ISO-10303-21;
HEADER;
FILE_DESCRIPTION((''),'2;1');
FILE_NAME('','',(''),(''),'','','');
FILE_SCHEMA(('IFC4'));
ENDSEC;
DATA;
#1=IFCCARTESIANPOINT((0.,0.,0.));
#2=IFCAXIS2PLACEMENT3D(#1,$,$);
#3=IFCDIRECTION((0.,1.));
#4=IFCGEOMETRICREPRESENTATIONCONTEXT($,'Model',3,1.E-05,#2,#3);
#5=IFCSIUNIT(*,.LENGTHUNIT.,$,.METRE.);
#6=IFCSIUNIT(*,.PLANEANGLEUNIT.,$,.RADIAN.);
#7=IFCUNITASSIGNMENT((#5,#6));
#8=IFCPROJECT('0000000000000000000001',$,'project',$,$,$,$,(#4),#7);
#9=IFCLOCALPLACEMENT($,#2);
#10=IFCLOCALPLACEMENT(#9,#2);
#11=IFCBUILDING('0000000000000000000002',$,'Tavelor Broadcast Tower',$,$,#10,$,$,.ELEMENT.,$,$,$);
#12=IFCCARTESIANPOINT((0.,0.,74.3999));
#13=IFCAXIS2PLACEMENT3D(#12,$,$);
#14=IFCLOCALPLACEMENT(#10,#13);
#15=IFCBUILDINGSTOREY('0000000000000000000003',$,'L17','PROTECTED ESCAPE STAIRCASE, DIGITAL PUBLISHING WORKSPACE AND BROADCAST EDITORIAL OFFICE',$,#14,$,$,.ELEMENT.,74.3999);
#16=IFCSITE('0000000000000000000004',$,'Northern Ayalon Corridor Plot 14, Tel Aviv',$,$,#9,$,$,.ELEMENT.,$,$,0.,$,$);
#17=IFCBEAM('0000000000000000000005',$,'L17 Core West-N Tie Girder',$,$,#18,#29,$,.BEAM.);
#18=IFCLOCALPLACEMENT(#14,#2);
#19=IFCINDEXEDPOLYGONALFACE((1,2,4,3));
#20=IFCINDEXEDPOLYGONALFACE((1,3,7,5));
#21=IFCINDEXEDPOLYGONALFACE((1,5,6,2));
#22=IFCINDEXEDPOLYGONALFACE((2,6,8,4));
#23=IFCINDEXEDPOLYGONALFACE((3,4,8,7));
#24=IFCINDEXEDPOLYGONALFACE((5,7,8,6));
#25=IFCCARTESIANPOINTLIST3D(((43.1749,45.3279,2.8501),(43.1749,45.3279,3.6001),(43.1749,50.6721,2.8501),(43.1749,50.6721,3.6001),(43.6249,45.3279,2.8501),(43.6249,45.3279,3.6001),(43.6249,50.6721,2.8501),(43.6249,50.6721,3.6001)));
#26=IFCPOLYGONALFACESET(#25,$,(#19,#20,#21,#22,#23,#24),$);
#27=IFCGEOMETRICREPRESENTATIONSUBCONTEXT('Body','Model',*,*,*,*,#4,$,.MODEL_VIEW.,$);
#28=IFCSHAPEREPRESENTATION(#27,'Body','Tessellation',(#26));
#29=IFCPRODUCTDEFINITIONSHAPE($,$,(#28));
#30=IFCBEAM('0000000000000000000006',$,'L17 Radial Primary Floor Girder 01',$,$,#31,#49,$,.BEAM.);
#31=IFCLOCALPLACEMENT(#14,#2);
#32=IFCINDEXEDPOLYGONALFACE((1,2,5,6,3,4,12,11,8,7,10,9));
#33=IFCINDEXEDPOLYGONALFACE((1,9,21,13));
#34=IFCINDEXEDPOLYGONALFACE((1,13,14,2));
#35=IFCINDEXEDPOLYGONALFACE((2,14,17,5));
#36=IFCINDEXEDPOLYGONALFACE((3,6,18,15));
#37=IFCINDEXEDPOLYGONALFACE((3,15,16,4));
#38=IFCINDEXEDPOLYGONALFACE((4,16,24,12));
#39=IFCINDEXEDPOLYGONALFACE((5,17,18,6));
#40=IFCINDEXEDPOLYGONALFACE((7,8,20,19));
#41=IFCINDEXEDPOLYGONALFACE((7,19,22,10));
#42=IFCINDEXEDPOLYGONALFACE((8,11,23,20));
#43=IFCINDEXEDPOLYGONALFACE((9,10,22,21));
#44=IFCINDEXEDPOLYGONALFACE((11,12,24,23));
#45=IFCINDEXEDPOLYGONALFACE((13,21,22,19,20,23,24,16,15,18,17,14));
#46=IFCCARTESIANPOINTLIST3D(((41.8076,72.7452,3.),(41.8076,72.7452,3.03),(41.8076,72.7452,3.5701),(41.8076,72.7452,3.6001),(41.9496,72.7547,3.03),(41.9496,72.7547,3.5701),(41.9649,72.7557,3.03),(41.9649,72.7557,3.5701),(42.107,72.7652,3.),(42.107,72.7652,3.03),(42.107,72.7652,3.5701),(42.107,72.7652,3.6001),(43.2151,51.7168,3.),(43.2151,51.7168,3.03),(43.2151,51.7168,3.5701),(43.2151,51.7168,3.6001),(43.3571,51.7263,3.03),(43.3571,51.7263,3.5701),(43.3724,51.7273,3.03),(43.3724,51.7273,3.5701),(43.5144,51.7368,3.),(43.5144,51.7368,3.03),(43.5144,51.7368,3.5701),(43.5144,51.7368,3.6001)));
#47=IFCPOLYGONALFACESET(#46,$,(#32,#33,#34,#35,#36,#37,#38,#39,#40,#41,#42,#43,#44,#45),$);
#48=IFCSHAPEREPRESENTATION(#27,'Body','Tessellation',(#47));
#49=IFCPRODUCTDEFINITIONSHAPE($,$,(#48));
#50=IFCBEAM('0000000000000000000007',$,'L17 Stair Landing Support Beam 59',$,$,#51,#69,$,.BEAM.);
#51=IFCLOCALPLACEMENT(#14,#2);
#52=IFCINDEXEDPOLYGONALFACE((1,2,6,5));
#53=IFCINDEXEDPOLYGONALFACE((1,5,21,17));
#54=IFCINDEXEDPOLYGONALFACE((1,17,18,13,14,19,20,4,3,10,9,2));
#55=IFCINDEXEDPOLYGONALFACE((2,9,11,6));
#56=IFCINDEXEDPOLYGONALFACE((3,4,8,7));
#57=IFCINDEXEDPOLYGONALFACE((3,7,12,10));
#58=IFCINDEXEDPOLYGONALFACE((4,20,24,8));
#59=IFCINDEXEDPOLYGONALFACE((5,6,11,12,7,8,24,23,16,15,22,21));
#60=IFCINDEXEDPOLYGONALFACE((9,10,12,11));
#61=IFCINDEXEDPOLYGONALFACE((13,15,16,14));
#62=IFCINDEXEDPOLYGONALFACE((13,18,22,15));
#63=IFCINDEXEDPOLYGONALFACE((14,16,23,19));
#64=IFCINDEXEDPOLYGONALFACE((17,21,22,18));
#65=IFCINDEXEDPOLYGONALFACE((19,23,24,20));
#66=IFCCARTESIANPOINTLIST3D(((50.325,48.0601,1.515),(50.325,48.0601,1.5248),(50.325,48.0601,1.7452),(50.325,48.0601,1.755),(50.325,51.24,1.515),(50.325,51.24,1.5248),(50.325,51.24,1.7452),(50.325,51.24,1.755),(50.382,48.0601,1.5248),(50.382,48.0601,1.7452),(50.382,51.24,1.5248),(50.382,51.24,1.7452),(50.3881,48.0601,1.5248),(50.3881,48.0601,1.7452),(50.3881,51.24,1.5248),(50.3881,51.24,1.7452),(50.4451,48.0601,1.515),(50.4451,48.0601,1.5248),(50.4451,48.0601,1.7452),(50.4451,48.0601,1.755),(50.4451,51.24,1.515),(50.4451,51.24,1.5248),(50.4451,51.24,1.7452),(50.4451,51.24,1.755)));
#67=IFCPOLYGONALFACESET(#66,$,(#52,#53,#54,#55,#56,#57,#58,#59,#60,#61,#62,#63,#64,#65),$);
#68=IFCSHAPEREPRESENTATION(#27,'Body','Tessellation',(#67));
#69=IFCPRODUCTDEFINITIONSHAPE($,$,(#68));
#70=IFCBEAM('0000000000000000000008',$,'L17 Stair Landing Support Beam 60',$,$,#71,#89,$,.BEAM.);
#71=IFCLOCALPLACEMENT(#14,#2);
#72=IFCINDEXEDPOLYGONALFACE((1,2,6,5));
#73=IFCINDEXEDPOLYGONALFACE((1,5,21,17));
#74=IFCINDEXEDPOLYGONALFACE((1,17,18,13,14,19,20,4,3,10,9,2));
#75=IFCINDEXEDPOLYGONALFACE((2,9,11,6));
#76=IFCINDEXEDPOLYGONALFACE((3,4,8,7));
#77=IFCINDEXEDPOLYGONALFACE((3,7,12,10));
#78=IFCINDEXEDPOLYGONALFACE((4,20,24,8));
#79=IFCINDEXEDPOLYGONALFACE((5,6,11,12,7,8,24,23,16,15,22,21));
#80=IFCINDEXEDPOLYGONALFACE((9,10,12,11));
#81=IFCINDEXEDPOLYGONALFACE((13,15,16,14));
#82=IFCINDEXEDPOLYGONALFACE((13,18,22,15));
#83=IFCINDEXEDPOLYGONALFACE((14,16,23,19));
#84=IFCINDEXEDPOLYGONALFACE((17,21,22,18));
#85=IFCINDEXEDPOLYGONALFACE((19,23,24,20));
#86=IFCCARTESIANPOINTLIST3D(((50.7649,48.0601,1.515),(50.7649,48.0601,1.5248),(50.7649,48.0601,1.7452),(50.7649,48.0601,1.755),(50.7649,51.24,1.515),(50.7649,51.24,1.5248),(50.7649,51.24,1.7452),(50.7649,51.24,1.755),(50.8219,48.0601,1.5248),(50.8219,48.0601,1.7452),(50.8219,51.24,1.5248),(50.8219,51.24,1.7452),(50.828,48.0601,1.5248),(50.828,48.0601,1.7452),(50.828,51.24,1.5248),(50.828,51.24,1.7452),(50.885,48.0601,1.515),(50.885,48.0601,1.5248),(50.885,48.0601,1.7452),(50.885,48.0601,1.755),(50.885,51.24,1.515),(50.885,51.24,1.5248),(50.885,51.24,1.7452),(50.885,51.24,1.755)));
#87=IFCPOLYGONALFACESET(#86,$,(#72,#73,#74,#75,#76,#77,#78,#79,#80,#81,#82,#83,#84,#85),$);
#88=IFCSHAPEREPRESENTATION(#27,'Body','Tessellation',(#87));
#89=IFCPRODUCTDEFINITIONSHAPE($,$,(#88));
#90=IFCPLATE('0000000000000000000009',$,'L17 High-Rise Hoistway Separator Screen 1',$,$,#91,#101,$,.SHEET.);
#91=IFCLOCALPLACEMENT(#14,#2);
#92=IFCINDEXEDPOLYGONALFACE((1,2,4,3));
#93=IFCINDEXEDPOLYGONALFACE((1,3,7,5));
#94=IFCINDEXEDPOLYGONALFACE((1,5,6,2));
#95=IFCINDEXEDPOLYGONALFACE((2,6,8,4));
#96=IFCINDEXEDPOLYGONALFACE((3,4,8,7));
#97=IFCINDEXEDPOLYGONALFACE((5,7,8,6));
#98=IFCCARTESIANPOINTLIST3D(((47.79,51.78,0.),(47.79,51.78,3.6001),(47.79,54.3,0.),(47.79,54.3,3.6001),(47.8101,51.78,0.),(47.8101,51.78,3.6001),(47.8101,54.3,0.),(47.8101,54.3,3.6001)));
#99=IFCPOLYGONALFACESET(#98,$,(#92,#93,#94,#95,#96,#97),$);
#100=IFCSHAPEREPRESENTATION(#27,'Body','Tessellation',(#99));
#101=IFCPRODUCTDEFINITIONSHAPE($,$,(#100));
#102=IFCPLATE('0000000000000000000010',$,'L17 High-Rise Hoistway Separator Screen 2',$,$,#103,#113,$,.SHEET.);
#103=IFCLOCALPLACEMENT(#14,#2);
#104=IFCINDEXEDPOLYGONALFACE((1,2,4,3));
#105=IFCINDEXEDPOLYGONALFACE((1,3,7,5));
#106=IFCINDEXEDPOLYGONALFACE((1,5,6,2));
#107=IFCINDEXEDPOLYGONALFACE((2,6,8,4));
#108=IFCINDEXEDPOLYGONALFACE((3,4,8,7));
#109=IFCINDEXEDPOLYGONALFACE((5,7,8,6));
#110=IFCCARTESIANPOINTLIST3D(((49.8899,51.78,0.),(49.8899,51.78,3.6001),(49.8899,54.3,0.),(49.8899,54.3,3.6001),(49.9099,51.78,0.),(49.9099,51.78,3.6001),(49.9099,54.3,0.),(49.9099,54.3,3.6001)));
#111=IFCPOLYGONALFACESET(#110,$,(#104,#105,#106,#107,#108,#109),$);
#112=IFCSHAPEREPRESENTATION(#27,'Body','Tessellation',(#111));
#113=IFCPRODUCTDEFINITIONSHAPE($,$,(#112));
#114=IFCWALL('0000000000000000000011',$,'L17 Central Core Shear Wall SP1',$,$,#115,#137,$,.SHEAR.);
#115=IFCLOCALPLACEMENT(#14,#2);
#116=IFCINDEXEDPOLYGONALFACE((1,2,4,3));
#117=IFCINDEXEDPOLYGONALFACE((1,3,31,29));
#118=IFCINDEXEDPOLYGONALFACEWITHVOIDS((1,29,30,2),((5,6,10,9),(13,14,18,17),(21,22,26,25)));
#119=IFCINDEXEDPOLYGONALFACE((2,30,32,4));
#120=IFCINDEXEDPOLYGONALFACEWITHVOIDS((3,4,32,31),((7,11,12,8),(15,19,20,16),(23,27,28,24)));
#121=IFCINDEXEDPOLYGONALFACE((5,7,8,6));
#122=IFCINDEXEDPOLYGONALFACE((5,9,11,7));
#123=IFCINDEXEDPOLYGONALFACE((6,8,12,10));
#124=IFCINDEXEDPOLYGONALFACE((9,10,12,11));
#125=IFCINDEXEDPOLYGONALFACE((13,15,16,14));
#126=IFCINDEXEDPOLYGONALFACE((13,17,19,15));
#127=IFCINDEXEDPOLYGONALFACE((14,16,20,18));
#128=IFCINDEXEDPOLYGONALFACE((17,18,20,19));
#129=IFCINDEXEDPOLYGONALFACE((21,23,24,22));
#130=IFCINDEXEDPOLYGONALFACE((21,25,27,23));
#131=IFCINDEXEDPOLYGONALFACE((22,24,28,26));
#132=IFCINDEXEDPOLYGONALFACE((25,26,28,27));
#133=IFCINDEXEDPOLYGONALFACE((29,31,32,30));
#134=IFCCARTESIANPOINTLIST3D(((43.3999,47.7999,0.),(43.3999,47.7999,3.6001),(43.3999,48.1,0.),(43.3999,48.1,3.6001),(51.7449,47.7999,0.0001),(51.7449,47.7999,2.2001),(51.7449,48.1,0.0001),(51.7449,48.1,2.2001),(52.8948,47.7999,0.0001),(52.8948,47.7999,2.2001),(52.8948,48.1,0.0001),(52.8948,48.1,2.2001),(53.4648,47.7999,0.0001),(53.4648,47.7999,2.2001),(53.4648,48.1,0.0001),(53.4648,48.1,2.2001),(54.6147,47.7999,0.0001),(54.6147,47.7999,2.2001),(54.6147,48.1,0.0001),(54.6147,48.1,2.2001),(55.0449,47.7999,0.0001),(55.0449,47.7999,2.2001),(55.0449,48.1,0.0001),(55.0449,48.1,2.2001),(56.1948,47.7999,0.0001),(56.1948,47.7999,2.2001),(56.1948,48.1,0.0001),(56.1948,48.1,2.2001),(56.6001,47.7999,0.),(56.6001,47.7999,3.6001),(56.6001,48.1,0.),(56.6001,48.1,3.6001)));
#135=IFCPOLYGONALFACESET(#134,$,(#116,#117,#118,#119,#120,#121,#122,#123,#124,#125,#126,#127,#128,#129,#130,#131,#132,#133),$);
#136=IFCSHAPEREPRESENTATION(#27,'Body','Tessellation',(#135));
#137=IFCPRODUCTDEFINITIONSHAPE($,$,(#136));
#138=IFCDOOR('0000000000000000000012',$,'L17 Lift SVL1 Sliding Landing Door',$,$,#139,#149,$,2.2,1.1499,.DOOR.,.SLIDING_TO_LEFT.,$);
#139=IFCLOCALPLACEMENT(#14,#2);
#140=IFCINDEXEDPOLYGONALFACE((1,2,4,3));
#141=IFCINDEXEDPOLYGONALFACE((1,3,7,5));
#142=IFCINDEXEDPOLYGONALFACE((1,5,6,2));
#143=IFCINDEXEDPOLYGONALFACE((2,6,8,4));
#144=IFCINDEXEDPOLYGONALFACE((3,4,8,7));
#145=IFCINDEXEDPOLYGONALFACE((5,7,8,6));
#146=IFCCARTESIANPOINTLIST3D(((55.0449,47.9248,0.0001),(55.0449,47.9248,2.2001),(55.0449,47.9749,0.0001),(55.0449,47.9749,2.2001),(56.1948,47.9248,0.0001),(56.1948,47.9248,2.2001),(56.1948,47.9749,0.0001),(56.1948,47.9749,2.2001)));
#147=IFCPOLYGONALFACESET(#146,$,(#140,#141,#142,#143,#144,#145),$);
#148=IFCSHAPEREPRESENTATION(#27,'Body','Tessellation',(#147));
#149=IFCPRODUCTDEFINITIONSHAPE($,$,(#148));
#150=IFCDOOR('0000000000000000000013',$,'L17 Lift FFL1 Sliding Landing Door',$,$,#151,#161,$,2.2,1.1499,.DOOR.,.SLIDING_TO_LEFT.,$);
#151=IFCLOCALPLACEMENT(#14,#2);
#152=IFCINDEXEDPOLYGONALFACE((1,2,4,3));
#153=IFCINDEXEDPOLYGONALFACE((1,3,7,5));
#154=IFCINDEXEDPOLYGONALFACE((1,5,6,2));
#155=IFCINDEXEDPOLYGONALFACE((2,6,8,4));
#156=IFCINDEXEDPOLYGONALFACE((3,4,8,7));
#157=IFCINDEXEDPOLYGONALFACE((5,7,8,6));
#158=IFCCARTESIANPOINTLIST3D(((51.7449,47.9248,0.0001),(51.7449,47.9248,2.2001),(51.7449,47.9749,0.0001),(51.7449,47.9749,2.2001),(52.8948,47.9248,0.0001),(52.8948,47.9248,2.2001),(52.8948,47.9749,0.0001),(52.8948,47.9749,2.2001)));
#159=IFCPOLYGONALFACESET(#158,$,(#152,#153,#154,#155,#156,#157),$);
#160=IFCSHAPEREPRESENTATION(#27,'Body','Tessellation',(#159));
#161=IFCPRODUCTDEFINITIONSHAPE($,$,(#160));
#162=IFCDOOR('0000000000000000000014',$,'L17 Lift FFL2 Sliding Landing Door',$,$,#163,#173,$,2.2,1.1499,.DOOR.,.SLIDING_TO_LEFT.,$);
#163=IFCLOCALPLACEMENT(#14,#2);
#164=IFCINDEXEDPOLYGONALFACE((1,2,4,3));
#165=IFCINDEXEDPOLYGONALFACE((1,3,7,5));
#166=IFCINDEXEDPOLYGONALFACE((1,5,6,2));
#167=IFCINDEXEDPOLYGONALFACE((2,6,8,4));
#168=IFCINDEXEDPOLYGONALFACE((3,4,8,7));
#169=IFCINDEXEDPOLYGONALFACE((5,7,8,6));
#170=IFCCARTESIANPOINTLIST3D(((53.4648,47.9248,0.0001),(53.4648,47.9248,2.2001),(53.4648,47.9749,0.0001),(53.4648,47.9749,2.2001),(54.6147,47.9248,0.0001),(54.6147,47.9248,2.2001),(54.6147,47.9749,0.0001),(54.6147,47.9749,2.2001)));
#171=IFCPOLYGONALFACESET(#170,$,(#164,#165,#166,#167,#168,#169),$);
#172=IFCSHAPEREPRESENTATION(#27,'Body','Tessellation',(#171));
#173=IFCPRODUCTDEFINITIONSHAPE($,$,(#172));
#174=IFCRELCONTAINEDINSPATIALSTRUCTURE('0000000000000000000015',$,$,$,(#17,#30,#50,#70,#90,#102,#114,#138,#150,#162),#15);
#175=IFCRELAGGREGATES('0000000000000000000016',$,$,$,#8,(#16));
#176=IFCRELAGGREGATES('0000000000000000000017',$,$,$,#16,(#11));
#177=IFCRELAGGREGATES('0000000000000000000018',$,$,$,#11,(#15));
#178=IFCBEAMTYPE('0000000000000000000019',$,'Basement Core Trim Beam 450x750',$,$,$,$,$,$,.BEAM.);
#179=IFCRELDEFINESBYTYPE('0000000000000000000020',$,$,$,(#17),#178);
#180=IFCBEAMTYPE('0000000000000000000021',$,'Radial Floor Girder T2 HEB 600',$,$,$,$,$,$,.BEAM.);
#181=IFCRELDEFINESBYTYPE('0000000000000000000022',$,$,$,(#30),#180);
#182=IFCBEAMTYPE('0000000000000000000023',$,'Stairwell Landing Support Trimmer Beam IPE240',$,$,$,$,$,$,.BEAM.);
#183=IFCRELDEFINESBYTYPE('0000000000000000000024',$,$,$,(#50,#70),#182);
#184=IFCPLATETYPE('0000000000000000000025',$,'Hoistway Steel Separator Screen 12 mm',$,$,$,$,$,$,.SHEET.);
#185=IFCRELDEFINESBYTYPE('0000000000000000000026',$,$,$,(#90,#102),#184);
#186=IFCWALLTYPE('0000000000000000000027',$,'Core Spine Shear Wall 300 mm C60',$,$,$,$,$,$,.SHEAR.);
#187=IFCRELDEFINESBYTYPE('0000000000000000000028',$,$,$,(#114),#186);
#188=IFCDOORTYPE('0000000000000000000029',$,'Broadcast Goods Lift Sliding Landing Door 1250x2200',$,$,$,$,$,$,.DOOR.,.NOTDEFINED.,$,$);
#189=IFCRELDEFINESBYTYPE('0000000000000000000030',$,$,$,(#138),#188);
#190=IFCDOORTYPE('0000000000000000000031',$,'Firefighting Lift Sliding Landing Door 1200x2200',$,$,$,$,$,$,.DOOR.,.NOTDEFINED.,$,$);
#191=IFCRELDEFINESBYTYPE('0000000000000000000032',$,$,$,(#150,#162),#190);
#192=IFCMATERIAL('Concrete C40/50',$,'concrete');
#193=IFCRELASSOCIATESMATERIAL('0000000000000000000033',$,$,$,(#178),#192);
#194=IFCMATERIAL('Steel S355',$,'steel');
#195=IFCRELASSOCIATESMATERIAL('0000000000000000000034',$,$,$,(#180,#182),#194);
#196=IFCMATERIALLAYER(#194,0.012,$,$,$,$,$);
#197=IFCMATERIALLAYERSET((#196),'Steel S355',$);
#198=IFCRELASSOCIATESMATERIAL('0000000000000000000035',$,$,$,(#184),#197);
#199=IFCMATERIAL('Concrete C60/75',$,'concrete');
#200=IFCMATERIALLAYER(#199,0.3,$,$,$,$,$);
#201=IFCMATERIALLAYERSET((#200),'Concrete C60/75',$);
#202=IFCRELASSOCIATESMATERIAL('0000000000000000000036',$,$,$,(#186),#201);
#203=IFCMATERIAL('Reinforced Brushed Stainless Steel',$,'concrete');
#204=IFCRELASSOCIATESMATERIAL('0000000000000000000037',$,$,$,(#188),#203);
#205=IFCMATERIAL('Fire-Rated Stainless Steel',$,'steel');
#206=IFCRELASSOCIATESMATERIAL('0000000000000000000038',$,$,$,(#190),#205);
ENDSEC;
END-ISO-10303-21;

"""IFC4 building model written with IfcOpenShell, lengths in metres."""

from ifc_helpers import new_model, si_unit, direction, frame, frame_2d, origin, origin_2d, place, context, subcontext, project, spatial, rectangle, i_section, extrude, source, transform, mapped, material, layer, layer_set, material_profile, profile_set, type_object, type_shapes, element, fill, save


model = new_model("IFC4")

# Units and contexts
model_context = context("Model", 3, precision=1e-05, world=origin(), true_north=direction((0.0, 1.0)))
body_context = subcontext(model_context, "Body", "Model", "MODEL_VIEW")
ifc_project = project(units=[si_unit("LENGTHUNIT", "METRE"), si_unit("PLANEANGLEUNIT", "RADIAN")], contexts=[model_context])

# Site, building, storey
site_placement = place(None, origin())
site = spatial("IfcSite", under=ifc_project, at=site_placement, Name="Northern Ayalon Corridor Plot 14, Tel Aviv", CompositionType="ELEMENT", RefElevation=0.0)
building_placement = place(site_placement, origin())
building = spatial("IfcBuilding", under=site, at=building_placement, Name="Tavelor Broadcast Tower", CompositionType="ELEMENT")
storey_placement = place(building_placement, frame((0.0, 0.0, 74.3999)))
storey = spatial("IfcBuildingStorey", under=building, at=storey_placement, Name="L17", Description="PROTECTED ESCAPE STAIRCASE, DIGITAL PUBLISHING WORKSPACE AND BROADCAST EDITORIAL OFFICE", CompositionType="ELEMENT", Elevation=74.3999)

# Beams
ifc_material_1 = material(Name="Concrete C40/50", Category="concrete")
ifc_material_profile_1 = material_profile(ifc_material_1, rectangle(XDim=0.45, YDim=0.75, at=origin_2d()), Name="RC 450x750")
ifc_profile_set_1 = profile_set([ifc_material_profile_1], Name="Concrete C40/50")
beam_type_1 = type_object("IfcBeamType", Name="Basement Core Trim Beam 450x750", PredefinedType="BEAM", material=ifc_profile_set_1)
beam_1_placement = place(storey_placement, frame((43.3999, 45.3279, 3.2251), z_axis=(0.0, 1.0, 0.0), x_axis=(-1.0, 0.0, 0.0)))
element("IfcBeam", 1, at=beam_1_placement, inside=storey, type_object=beam_type_1, Name="L17 Core West-N Tie Girder", PredefinedType="BEAM", context=body_context, shape_type="SweptSolid", body=[
    extrude(rectangle(XDim=0.45, YDim=0.75, at=origin_2d()), origin(), (0.0, 0.0, 1.0), 5.3442),
])
ifc_material_2 = material(Name="Steel S355", Category="steel")
ifc_material_profile_2 = material_profile(ifc_material_2, i_section(OverallWidth=0.3, OverallDepth=0.6001, WebThickness=0.0154, FlangeThickness=0.03, at=origin_2d()), Name="HEB 600")
ifc_profile_set_2 = profile_set([ifc_material_profile_2], Name="Steel S355")
beam_type_2 = type_object("IfcBeamType", Name="Radial Floor Girder T2 HEB 600", PredefinedType="BEAM", material=ifc_profile_set_2)
beam_2_placement = place(storey_placement, frame((43.3647, 51.7268, 3.3), z_axis=(-0.066783, 0.997768, 0.0), x_axis=(-0.997768, -0.066783, 0.0)))
element("IfcBeam", 2, at=beam_2_placement, inside=storey, type_object=beam_type_2, Name="L17 Radial Primary Floor Girder 01", PredefinedType="BEAM", context=body_context, shape_type="SweptSolid", body=[
    extrude(i_section(OverallWidth=0.3, OverallDepth=0.6001, WebThickness=0.0154, FlangeThickness=0.03, at=origin_2d()), origin(), (0.0, 0.0, 1.0), 21.0754),
])
ifc_material_profile_3 = material_profile(ifc_material_2, i_section(OverallWidth=0.1201, OverallDepth=0.24, WebThickness=0.0061, FlangeThickness=0.0098, at=origin_2d()), Name="IPE 240")
ifc_profile_set_3 = profile_set([ifc_material_profile_3], Name="Steel S355")
beam_type_3 = type_object("IfcBeamType", Name="Stairwell Landing Support Trimmer Beam IPE240", PredefinedType="BEAM", material=ifc_profile_set_3)
for number, where, z_axis, x_axis, name in (
    (3, (50.385, 48.0601, 1.635), (0.0, 1.0, 0.0), (-1.0, 0.0, 0.0), "L17 Stair Landing Support Beam 59"),
    (4, (50.825, 48.0601, 1.635), (0.0, 1.0, 0.0), (-1.0, 0.0, 0.0), "L17 Stair Landing Support Beam 60"),
):
    element("IfcBeam", number, at=place(storey_placement, frame(where, z_axis=z_axis, x_axis=x_axis)), inside=storey, type_object=beam_type_3, Name=name, PredefinedType="BEAM", context=body_context, shape_type="SweptSolid", body=[
        extrude(i_section(OverallWidth=0.1201, OverallDepth=0.24, WebThickness=0.0061, FlangeThickness=0.0098, at=origin_2d()), origin(), (0.0, 0.0, 1.0), 3.1799),
    ])

# Plates
ifc_layer_1 = layer(ifc_material_2, 0.012)
ifc_layer_set_1 = layer_set([ifc_layer_1], Name="Steel S355")
plate_type = type_object("IfcPlateType", Name="Hoistway Steel Separator Screen 12 mm", PredefinedType="SHEET", material=ifc_layer_set_1)
shared_shape = source(origin(), body_context, "Body", "SweptSolid", [
    extrude(rectangle(XDim=0.02, YDim=2.52, at=origin_2d()), origin(), (0.0, 0.0, 1.0), 3.6001),
])
type_shapes(plate_type, [shared_shape])
for number, where, z_axis, x_axis, name in (
    (5, (47.8, 53.04, 0.0), (0.0, 0.0, 1.0), (1.0, 0.0, 0.0), "L17 High-Rise Hoistway Separator Screen 1"),
    (6, (49.8999, 53.04, 0.0), (0.0, 0.0, 1.0), (1.0, 0.0, 0.0), "L17 High-Rise Hoistway Separator Screen 2"),
):
    element("IfcPlate", number, at=place(storey_placement, frame(where, z_axis=z_axis, x_axis=x_axis)), inside=storey, type_object=plate_type, Name=name, PredefinedType="SHEET", context=body_context, shape_type="MappedRepresentation", body=[
        mapped(shared_shape, transform((0.0, 0.0, 0.0), scale=1.0)),
    ])

# Wall, openings, doors
ifc_material_3 = material(Name="Concrete C60/75", Category="concrete")
ifc_layer_2 = layer(ifc_material_3, 0.3)
ifc_layer_set_2 = layer_set([ifc_layer_2], Name="Concrete C60/75")
wall_type_1 = type_object("IfcWallType", Name="Core Spine Shear Wall 300 mm C60", PredefinedType="SHEAR", material=ifc_layer_set_2)
wall_1_placement = place(storey_placement, frame((43.3999, 47.95, 0.0), z_axis=(0.0, 0.0, 1.0), x_axis=(1.0, 0.0, 0.0)))
wall_1 = element("IfcWall", 7, at=wall_1_placement, inside=storey, type_object=wall_type_1, Name="L17 Central Core Shear Wall SP1", PredefinedType="SHEAR", context=body_context, shape_type="SweptSolid", body=[
    extrude(rectangle(XDim=13.2002, YDim=0.3, at=frame_2d((6.6001, 0.0))), origin(), (0.0, 0.0, 1.0), 3.6001),
])
opening_1_placement = place(wall_1_placement, frame((8.345, 0.0, 0.0)))
opening_1 = element("IfcOpeningElement", 8, at=opening_1_placement, cuts=wall_1, PredefinedType="OPENING", context=body_context, shape_type="SweptSolid", body=[
    extrude(rectangle(XDim=1.1499, YDim=2.2, at=frame_2d((0.575, 1.1001))), frame((0.0, 0.1602, 0.0), z_axis=(0.0, -1.0, 0.0), x_axis=(1.0, 0.0, 0.0)), (0.0, 0.0, 1.0), 0.3201),
])
opening_2_placement = place(wall_1_placement, frame((10.0649, 0.0, 0.0)))
opening_2 = element("IfcOpeningElement", 9, at=opening_2_placement, cuts=wall_1, PredefinedType="OPENING", context=body_context, shape_type="SweptSolid", body=[
    extrude(rectangle(XDim=1.1499, YDim=2.2, at=frame_2d((0.575, 1.1001))), frame((0.0, 0.1602, 0.0), z_axis=(0.0, -1.0, 0.0), x_axis=(1.0, 0.0, 0.0)), (0.0, 0.0, 1.0), 0.3201),
])
opening_3_placement = place(wall_1_placement, frame((11.645, 0.0, 0.0)))
opening_3 = element("IfcOpeningElement", 10, at=opening_3_placement, cuts=wall_1, PredefinedType="OPENING", context=body_context, shape_type="SweptSolid", body=[
    extrude(rectangle(XDim=1.1499, YDim=2.2, at=frame_2d((0.575, 1.1001))), frame((0.0, 0.1602, 0.0), z_axis=(0.0, -1.0, 0.0), x_axis=(1.0, 0.0, 0.0)), (0.0, 0.0, 1.0), 0.3201),
])
ifc_material_4 = material(Name="Reinforced Brushed Stainless Steel", Category="concrete")
door_type_1 = type_object("IfcDoorType", Name="Broadcast Goods Lift Sliding Landing Door 1250x2200", OperationType="NOTDEFINED", PredefinedType="DOOR", material=ifc_material_4)
door_1_placement = place(opening_3_placement, origin())
door_1 = element("IfcDoor", 11, at=door_1_placement, inside=storey, type_object=door_type_1, Name="L17 Lift SVL1 Sliding Landing Door", OperationType="SLIDING_TO_LEFT", OverallHeight=2.2, OverallWidth=1.1499, PredefinedType="DOOR", context=body_context, shape_type="SweptSolid", body=[
    extrude(rectangle(XDim=1.1499, YDim=2.2, at=frame_2d((0.575, 1.1001))), frame((0.0, 0.0249, 0.0), z_axis=(0.0, -1.0, 0.0), x_axis=(1.0, 0.0, 0.0)), (0.0, 0.0, 1.0), 0.05),
])
fill(opening_3, door_1)
ifc_material_5 = material(Name="Fire-Rated Stainless Steel", Category="steel")
door_type_2 = type_object("IfcDoorType", Name="Firefighting Lift Sliding Landing Door 1200x2200", OperationType="NOTDEFINED", PredefinedType="DOOR", material=ifc_material_5)
door_2_placement = place(opening_1_placement, origin())
door_2 = element("IfcDoor", 12, at=door_2_placement, inside=storey, type_object=door_type_2, Name="L17 Lift FFL1 Sliding Landing Door", OperationType="SLIDING_TO_LEFT", OverallHeight=2.2, OverallWidth=1.1499, PredefinedType="DOOR", context=body_context, shape_type="SweptSolid", body=[
    extrude(rectangle(XDim=1.1499, YDim=2.2, at=frame_2d((0.575, 1.1001))), frame((0.0, 0.0249, 0.0), z_axis=(0.0, -1.0, 0.0), x_axis=(1.0, 0.0, 0.0)), (0.0, 0.0, 1.0), 0.05),
])
fill(opening_1, door_2)
door_3_placement = place(opening_2_placement, origin())
door_3 = element("IfcDoor", 13, at=door_3_placement, inside=storey, type_object=door_type_2, Name="L17 Lift FFL2 Sliding Landing Door", OperationType="SLIDING_TO_LEFT", OverallHeight=2.2, OverallWidth=1.1499, PredefinedType="DOOR", context=body_context, shape_type="SweptSolid", body=[
    extrude(rectangle(XDim=1.1499, YDim=2.2, at=frame_2d((0.575, 1.1001))), frame((0.0, 0.0249, 0.0), z_axis=(0.0, -1.0, 0.0), x_axis=(1.0, 0.0, 0.0)), (0.0, 0.0, 1.0), 0.05),
])
fill(opening_2, door_3)

save(model, "model.ifc")
